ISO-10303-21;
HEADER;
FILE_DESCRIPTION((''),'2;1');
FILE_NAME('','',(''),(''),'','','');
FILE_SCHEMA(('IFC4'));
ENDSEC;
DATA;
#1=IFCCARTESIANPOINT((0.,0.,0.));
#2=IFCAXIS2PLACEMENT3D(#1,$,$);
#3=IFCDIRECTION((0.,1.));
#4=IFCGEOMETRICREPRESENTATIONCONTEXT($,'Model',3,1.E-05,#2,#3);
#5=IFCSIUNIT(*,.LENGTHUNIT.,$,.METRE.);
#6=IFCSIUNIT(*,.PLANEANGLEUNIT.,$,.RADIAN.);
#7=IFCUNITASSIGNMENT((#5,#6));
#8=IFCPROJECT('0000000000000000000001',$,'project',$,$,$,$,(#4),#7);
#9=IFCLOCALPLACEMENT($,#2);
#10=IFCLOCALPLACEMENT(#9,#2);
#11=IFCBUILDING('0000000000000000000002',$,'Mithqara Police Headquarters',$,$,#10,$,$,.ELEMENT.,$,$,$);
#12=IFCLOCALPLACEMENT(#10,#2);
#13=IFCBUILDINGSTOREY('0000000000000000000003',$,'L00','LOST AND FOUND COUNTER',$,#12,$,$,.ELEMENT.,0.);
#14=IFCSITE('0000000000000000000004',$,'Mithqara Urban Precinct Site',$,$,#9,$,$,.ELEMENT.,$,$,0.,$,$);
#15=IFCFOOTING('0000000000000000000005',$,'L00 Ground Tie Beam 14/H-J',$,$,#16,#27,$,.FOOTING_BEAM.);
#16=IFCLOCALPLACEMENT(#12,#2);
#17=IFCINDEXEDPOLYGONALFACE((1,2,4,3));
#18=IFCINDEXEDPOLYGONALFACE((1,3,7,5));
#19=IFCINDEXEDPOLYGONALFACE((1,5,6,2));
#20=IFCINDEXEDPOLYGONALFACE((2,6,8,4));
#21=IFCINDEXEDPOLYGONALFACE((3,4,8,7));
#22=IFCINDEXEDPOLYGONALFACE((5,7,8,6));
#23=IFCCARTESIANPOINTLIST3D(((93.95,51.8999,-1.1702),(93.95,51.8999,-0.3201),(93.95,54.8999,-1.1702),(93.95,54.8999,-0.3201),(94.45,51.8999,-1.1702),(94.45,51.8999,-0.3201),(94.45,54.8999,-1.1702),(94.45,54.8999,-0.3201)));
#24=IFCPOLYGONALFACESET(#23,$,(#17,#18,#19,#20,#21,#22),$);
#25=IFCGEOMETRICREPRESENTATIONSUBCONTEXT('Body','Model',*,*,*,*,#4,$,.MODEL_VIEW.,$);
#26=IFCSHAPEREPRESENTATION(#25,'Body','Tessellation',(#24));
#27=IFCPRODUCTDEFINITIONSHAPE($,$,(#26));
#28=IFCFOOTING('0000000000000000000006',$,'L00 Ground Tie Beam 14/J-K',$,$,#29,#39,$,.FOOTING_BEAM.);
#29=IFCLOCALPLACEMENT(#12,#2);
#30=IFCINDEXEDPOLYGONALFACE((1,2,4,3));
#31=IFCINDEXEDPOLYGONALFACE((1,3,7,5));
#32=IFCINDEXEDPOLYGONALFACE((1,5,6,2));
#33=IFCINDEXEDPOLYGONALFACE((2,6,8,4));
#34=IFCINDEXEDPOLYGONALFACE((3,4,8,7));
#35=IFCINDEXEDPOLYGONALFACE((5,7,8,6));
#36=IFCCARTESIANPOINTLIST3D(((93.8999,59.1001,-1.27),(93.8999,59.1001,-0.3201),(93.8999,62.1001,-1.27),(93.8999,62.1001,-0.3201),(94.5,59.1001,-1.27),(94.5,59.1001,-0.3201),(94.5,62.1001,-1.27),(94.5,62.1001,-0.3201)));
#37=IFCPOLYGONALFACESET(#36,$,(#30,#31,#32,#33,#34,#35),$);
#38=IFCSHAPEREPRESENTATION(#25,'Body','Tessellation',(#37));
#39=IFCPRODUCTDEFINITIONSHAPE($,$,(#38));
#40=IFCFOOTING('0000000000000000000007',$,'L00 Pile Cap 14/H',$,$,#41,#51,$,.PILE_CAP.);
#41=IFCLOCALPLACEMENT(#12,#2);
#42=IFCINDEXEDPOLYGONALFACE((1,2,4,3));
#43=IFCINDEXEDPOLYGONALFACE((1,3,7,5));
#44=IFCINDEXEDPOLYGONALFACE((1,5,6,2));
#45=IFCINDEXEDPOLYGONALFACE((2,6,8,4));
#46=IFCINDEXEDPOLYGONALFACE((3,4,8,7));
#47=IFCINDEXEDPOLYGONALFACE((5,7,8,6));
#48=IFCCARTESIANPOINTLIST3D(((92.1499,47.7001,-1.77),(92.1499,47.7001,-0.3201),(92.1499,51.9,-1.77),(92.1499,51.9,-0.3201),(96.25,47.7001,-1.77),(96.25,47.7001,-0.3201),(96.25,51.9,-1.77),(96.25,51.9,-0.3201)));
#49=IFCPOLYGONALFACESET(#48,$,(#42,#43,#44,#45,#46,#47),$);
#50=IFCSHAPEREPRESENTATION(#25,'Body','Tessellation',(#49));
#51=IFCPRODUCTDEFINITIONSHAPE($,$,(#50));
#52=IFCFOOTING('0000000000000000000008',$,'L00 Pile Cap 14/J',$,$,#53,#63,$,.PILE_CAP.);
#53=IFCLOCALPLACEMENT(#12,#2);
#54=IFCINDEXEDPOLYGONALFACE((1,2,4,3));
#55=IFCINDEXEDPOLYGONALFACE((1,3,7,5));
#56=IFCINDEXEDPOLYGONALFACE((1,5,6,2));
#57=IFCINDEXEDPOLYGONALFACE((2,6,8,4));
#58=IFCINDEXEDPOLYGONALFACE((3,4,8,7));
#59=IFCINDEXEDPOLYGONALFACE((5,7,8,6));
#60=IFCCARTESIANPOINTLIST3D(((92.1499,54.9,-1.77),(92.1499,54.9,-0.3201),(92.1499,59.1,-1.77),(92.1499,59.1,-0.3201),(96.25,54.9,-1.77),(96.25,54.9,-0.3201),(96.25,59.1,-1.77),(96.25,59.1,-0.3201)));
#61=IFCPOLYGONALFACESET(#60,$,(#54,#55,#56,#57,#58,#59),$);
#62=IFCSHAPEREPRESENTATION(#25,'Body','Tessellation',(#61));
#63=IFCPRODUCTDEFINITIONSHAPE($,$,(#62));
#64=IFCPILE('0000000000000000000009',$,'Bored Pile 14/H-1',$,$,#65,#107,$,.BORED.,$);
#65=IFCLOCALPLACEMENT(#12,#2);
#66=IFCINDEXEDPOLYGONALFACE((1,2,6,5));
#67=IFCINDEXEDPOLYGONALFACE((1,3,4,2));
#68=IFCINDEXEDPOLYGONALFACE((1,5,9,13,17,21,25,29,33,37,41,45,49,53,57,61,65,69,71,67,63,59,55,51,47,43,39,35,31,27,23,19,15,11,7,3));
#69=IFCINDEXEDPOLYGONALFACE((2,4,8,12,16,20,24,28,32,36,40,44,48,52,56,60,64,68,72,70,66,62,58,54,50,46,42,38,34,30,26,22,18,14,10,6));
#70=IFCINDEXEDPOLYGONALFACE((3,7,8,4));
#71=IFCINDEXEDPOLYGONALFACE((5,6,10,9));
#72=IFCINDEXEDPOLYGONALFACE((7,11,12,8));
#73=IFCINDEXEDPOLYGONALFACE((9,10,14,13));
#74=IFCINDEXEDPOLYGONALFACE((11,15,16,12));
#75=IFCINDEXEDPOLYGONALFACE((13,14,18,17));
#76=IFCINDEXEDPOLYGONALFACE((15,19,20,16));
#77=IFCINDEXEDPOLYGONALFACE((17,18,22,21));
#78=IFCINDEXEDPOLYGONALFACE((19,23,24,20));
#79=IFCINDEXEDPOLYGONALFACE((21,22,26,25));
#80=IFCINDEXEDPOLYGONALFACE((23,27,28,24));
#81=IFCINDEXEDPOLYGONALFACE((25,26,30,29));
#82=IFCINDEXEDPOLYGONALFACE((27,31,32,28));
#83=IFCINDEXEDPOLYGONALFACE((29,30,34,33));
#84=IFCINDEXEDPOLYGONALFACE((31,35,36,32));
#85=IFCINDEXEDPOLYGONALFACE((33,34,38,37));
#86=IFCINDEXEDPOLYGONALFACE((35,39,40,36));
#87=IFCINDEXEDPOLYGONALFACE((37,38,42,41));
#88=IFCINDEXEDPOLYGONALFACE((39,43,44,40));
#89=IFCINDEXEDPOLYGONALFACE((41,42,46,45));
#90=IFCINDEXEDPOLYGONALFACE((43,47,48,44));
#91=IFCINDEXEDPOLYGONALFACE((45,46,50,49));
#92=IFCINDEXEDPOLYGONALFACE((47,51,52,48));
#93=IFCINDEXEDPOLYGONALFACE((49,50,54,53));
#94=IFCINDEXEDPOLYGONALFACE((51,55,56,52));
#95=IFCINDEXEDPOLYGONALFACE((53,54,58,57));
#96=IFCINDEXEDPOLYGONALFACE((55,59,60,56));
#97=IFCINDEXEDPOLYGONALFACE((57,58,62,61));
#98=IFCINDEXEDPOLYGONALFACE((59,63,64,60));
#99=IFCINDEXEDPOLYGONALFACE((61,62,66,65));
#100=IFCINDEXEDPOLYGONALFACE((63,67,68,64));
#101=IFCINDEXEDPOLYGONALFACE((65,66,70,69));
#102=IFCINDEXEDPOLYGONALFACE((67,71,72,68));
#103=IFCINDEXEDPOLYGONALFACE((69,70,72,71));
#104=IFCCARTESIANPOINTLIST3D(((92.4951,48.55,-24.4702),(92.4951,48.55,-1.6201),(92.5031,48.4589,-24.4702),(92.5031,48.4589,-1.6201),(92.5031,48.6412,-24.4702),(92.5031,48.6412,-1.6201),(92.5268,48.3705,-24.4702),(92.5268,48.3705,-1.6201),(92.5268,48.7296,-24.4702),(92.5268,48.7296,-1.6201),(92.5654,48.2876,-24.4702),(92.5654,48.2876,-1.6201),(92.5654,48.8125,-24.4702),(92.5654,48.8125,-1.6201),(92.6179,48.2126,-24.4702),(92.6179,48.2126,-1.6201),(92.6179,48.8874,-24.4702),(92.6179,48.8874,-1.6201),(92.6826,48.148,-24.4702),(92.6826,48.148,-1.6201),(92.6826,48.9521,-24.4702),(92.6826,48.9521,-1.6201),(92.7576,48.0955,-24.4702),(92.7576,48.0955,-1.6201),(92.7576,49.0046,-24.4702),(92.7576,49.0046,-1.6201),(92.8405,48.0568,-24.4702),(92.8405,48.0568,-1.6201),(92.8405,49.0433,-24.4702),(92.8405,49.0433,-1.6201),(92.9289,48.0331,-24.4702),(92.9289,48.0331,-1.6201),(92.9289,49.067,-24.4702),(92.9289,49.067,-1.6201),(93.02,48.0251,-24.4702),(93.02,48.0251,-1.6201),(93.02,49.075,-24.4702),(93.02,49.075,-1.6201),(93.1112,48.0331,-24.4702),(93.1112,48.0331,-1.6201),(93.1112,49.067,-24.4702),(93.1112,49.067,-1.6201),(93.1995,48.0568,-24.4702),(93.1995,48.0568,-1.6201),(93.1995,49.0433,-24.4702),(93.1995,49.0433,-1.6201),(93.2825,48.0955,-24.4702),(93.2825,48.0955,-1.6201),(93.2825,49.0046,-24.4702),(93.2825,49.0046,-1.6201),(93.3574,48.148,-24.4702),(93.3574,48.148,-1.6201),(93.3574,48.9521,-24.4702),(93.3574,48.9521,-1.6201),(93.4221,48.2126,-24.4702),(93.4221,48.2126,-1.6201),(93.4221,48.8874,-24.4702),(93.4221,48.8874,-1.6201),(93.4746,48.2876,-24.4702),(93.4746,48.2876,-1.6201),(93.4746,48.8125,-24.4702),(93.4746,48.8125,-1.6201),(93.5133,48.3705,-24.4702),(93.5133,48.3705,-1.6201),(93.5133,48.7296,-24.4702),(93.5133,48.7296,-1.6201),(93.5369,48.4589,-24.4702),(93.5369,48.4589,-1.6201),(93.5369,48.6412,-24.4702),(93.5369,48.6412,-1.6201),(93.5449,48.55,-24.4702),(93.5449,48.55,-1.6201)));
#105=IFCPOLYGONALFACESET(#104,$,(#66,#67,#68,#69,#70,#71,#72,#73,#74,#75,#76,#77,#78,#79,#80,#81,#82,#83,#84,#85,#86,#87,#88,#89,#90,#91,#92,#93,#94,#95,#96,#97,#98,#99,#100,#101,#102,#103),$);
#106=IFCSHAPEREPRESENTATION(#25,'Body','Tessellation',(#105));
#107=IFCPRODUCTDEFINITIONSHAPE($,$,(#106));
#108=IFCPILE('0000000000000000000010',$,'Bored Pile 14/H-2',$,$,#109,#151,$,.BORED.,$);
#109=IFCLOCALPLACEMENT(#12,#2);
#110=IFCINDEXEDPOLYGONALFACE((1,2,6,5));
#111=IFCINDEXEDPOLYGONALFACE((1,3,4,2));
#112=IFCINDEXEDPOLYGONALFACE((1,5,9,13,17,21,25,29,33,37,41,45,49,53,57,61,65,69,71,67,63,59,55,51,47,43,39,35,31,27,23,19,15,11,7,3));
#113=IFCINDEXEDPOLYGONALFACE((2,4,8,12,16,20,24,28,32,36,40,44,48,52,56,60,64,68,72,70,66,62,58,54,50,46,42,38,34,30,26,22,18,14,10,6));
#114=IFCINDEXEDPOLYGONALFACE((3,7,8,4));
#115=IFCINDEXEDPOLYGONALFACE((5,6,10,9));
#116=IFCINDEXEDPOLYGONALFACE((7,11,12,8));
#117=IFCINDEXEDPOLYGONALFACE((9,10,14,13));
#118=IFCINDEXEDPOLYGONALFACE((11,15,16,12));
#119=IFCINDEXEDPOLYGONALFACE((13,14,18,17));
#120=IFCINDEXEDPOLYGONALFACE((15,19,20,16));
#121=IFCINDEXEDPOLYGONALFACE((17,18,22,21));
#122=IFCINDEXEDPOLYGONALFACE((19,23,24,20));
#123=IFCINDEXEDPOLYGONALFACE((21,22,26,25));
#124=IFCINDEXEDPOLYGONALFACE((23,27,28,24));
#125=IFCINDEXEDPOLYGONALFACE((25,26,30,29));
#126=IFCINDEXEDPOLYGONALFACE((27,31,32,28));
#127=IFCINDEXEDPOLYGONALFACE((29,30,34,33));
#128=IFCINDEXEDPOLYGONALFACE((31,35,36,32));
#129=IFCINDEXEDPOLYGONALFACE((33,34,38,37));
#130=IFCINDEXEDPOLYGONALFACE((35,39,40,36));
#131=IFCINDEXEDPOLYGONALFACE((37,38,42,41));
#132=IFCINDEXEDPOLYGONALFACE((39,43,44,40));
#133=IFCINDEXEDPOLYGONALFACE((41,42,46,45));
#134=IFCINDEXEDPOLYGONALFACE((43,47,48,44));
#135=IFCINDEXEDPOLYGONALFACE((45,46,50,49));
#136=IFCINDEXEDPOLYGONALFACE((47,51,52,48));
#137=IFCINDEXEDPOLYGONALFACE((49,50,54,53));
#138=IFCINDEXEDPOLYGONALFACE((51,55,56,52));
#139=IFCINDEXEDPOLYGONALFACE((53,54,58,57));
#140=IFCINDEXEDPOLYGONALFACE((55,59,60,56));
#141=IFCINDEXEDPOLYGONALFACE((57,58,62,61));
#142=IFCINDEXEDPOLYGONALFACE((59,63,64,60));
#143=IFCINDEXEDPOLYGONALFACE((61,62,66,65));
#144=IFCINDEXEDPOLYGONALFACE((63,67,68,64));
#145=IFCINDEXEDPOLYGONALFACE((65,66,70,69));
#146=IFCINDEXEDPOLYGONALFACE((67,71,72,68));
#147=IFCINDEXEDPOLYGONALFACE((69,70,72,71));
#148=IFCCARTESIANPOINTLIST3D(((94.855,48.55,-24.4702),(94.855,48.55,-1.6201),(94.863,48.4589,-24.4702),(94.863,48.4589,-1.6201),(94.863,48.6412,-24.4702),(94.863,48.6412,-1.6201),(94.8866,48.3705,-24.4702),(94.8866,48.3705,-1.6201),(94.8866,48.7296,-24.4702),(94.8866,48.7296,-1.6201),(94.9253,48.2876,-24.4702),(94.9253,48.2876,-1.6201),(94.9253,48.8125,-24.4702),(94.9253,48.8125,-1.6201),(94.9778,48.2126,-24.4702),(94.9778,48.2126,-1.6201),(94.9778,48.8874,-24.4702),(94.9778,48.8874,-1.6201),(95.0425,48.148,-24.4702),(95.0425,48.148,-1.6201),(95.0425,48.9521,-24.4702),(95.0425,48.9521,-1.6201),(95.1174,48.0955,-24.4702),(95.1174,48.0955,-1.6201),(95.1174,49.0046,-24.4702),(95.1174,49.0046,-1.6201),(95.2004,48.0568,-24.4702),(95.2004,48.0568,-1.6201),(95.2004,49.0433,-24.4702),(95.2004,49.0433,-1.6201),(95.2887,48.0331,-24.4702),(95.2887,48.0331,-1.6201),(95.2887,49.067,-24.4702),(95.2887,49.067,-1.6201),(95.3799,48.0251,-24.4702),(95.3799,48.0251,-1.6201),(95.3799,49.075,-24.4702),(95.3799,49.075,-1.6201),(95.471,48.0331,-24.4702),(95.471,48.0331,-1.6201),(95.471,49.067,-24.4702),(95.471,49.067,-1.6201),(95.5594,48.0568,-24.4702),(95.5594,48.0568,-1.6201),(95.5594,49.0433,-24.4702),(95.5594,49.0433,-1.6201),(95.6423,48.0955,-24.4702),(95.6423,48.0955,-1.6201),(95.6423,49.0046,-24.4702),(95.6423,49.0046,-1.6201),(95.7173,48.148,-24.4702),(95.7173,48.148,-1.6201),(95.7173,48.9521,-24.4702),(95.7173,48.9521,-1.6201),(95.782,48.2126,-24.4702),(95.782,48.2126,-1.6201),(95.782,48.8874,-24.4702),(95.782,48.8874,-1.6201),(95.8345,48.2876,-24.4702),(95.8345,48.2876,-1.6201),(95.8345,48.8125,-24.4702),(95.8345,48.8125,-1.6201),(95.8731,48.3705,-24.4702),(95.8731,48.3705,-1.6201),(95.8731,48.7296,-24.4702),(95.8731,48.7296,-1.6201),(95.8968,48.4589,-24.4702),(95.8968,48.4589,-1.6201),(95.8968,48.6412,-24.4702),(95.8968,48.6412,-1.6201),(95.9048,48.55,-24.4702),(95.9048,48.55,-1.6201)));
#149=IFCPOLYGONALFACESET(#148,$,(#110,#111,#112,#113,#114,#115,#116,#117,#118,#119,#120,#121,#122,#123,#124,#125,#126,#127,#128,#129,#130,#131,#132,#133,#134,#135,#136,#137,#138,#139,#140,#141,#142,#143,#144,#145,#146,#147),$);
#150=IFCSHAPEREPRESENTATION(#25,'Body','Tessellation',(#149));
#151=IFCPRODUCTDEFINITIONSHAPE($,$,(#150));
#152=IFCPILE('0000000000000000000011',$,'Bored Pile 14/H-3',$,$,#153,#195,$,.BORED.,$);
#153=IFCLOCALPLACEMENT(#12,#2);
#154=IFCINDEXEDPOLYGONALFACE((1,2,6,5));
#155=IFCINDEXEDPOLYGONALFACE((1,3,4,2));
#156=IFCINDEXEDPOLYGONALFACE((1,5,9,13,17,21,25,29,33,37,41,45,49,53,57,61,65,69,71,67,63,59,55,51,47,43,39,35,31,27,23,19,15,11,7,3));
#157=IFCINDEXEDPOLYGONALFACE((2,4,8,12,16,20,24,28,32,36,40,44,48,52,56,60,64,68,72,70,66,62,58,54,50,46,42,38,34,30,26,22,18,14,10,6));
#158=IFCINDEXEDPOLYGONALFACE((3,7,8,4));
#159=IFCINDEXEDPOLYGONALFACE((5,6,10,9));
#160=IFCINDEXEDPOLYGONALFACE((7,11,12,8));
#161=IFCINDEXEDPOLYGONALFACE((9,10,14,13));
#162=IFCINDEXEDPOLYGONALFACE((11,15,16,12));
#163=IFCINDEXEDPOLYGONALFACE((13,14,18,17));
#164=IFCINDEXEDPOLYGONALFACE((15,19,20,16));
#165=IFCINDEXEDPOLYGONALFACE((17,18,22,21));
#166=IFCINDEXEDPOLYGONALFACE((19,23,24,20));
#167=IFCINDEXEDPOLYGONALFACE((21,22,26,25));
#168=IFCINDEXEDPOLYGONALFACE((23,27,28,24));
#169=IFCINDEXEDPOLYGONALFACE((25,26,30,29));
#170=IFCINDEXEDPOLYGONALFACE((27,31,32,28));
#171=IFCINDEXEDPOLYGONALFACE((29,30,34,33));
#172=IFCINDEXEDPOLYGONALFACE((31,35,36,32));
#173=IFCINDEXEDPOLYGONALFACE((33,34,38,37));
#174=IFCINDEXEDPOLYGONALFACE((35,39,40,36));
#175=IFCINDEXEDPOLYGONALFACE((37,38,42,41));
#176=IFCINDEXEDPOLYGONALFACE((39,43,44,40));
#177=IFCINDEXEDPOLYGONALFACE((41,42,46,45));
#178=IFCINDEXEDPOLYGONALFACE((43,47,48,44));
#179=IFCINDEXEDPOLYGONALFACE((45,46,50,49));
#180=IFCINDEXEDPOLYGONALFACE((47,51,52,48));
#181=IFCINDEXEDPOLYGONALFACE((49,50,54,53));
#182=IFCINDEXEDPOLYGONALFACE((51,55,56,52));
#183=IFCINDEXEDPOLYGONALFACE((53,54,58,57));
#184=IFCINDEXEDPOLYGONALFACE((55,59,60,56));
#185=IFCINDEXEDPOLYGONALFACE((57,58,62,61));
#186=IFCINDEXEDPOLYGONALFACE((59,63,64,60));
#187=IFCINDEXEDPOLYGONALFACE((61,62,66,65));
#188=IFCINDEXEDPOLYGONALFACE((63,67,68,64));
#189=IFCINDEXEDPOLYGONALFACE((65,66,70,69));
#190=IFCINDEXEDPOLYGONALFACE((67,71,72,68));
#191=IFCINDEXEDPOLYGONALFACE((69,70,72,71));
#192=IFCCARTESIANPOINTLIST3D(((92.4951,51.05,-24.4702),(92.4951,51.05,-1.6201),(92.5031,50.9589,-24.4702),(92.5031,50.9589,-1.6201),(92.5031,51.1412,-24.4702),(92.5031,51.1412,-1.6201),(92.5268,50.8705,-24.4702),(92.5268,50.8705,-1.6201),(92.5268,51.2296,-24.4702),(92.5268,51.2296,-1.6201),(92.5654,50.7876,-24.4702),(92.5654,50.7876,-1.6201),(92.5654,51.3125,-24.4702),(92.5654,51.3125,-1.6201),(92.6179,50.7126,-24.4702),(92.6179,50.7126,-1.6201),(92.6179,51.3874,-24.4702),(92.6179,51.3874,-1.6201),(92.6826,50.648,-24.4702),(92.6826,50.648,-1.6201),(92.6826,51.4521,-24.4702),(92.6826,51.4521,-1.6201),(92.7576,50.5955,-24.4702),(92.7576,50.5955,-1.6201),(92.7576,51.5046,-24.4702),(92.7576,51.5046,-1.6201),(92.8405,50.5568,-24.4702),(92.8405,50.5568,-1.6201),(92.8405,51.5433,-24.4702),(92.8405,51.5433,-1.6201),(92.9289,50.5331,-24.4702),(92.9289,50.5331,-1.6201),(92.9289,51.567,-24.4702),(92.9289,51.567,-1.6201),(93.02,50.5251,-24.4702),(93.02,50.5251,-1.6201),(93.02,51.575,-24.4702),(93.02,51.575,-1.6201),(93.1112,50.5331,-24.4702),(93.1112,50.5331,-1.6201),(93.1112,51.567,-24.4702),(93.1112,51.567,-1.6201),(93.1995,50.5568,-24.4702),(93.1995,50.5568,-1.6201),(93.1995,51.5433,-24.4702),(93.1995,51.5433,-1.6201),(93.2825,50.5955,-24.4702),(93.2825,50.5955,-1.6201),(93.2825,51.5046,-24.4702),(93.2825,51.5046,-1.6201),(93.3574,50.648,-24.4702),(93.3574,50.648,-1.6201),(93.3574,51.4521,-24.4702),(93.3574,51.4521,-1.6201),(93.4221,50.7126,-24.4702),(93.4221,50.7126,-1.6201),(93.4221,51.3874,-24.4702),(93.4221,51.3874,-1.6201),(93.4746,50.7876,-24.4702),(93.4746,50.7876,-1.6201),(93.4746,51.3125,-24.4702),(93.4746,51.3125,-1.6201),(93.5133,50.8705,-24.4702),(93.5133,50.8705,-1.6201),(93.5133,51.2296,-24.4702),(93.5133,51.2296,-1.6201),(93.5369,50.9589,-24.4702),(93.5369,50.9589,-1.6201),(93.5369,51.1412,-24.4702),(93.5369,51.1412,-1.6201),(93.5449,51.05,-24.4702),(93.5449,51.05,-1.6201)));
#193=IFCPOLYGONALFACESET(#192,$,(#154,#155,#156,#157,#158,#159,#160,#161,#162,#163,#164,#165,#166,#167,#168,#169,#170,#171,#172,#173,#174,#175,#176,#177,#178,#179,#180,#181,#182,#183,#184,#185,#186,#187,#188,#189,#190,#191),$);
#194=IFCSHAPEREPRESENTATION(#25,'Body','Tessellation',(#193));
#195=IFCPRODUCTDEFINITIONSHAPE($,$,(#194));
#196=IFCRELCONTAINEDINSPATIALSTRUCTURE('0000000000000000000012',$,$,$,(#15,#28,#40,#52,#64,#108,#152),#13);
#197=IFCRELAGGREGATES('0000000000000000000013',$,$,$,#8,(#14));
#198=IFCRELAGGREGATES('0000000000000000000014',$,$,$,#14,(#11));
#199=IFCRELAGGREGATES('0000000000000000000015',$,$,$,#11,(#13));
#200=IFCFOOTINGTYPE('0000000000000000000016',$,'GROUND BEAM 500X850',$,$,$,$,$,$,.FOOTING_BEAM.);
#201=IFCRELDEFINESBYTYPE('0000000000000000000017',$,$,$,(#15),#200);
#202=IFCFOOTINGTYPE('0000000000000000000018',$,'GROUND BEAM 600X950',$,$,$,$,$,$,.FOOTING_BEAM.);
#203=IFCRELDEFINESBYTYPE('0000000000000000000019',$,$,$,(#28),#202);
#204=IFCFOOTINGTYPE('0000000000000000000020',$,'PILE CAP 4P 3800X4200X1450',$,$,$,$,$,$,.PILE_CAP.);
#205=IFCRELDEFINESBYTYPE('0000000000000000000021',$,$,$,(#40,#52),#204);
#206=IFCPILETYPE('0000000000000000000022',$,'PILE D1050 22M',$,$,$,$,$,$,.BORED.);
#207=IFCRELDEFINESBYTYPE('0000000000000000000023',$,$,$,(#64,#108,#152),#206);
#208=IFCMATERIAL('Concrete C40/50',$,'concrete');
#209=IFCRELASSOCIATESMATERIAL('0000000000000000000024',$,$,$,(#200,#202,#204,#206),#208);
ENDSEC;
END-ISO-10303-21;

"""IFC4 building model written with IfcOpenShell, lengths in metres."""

from ifc_helpers import new_model, si_unit, direction, frame, origin, origin_2d, place, context, subcontext, project, spatial, rectangle, circle, extrude, material, material_profile, profile_set, type_object, element, save


model = new_model("IFC4")

# Units and contexts
model_context = context("Model", 3, precision=1e-05, world=origin(), true_north=direction((0.0, 1.0)))
body_context = subcontext(model_context, "Body", "Model", "MODEL_VIEW")
ifc_project = project(units=[si_unit("LENGTHUNIT", "METRE"), si_unit("PLANEANGLEUNIT", "RADIAN")], contexts=[model_context])

# Site, building, storey
site_placement = place(None, origin())
site = spatial("IfcSite", under=ifc_project, at=site_placement, Name="Mithqara Urban Precinct Site", CompositionType="ELEMENT", RefElevation=0.0)
building_placement = place(site_placement, origin())
building = spatial("IfcBuilding", under=site, at=building_placement, Name="Mithqara Police Headquarters", CompositionType="ELEMENT")
storey_placement = place(building_placement, origin())
storey = spatial("IfcBuildingStorey", under=building, at=storey_placement, Name="L00", Description="LOST AND FOUND COUNTER", CompositionType="ELEMENT", Elevation=0.0)

# Footings
ifc_material_1 = material(Name="Concrete C40/50", Category="concrete")
footing_type_1 = type_object("IfcFootingType", Name="GROUND BEAM 500X850", PredefinedType="FOOTING_BEAM", material=ifc_material_1)
footing_1_placement = place(storey_placement, frame((94.2, 53.3999, -1.1702), z_axis=(0.0, 0.0, 1.0), x_axis=(1.0, 0.0, 0.0)))
element("IfcFooting", 1, at=footing_1_placement, inside=storey, type_object=footing_type_1, Name="L00 Ground Tie Beam 14/H-J", PredefinedType="FOOTING_BEAM", context=body_context, shape_type="SweptSolid", body=[
    extrude(rectangle(XDim=0.5, YDim=3.0, at=origin_2d()), origin(), (0.0, 0.0, 1.0), 0.8501),
])
footing_type_2 = type_object("IfcFootingType", Name="GROUND BEAM 600X950", PredefinedType="FOOTING_BEAM", material=ifc_material_1)
footing_2_placement = place(storey_placement, frame((94.2, 60.6001, -1.27), z_axis=(0.0, 0.0, 1.0), x_axis=(1.0, 0.0, 0.0)))
element("IfcFooting", 2, at=footing_2_placement, inside=storey, type_object=footing_type_2, Name="L00 Ground Tie Beam 14/J-K", PredefinedType="FOOTING_BEAM", context=body_context, shape_type="SweptSolid", body=[
    extrude(rectangle(XDim=0.6001, YDim=3.0, at=origin_2d()), origin(), (0.0, 0.0, 1.0), 0.95),
])
footing_type_3 = type_object("IfcFootingType", Name="PILE CAP 4P 3800X4200X1450", PredefinedType="PILE_CAP", material=ifc_material_1)
for number, where, z_axis, x_axis, name in (
    (3, (94.2, 49.8, -1.77), (0.0, 0.0, 1.0), (1.0, 0.0, 0.0), "L00 Pile Cap 14/H"),
    (4, (94.2, 57.0, -1.77), (0.0, 0.0, 1.0), (1.0, 0.0, 0.0), "L00 Pile Cap 14/J"),
):
    element("IfcFooting", number, at=place(storey_placement, frame(where, z_axis=z_axis, x_axis=x_axis)), inside=storey, type_object=footing_type_3, Name=name, PredefinedType="PILE_CAP", context=body_context, shape_type="SweptSolid", body=[
        extrude(rectangle(XDim=4.1001, YDim=4.2, at=origin_2d()), origin(), (0.0, 0.0, 1.0), 1.45),
    ])

# Piles
ifc_material_profile_1 = material_profile(ifc_material_1, circle(Radius=0.5249, at=origin_2d()), Name="PILE D1050")
ifc_profile_set_1 = profile_set([ifc_material_profile_1], Name="Concrete C40/50")
pile_type = type_object("IfcPileType", Name="PILE D1050 22M", PredefinedType="BORED", material=ifc_profile_set_1)
for number, where, z_axis, x_axis, name in (
    (5, (93.02, 48.55, -1.6201), (0.0, 0.0, -1.0), (1.0, 0.0, 0.0), "Bored Pile 14/H-1"),
    (6, (95.3799, 48.55, -1.6201), (0.0, 0.0, -1.0), (1.0, 0.0, 0.0), "Bored Pile 14/H-2"),
    (7, (93.02, 51.05, -1.6201), (0.0, 0.0, -1.0), (1.0, 0.0, 0.0), "Bored Pile 14/H-3"),
):
    element("IfcPile", number, at=place(storey_placement, frame(where, z_axis=z_axis, x_axis=x_axis)), inside=storey, type_object=pile_type, Name=name, PredefinedType="BORED", context=body_context, shape_type="SweptSolid", body=[
        extrude(circle(Radius=0.5249, at=origin_2d()), origin(), (0.0, 0.0, 1.0), 22.8501),
    ])

save(model, "model.ifc")
